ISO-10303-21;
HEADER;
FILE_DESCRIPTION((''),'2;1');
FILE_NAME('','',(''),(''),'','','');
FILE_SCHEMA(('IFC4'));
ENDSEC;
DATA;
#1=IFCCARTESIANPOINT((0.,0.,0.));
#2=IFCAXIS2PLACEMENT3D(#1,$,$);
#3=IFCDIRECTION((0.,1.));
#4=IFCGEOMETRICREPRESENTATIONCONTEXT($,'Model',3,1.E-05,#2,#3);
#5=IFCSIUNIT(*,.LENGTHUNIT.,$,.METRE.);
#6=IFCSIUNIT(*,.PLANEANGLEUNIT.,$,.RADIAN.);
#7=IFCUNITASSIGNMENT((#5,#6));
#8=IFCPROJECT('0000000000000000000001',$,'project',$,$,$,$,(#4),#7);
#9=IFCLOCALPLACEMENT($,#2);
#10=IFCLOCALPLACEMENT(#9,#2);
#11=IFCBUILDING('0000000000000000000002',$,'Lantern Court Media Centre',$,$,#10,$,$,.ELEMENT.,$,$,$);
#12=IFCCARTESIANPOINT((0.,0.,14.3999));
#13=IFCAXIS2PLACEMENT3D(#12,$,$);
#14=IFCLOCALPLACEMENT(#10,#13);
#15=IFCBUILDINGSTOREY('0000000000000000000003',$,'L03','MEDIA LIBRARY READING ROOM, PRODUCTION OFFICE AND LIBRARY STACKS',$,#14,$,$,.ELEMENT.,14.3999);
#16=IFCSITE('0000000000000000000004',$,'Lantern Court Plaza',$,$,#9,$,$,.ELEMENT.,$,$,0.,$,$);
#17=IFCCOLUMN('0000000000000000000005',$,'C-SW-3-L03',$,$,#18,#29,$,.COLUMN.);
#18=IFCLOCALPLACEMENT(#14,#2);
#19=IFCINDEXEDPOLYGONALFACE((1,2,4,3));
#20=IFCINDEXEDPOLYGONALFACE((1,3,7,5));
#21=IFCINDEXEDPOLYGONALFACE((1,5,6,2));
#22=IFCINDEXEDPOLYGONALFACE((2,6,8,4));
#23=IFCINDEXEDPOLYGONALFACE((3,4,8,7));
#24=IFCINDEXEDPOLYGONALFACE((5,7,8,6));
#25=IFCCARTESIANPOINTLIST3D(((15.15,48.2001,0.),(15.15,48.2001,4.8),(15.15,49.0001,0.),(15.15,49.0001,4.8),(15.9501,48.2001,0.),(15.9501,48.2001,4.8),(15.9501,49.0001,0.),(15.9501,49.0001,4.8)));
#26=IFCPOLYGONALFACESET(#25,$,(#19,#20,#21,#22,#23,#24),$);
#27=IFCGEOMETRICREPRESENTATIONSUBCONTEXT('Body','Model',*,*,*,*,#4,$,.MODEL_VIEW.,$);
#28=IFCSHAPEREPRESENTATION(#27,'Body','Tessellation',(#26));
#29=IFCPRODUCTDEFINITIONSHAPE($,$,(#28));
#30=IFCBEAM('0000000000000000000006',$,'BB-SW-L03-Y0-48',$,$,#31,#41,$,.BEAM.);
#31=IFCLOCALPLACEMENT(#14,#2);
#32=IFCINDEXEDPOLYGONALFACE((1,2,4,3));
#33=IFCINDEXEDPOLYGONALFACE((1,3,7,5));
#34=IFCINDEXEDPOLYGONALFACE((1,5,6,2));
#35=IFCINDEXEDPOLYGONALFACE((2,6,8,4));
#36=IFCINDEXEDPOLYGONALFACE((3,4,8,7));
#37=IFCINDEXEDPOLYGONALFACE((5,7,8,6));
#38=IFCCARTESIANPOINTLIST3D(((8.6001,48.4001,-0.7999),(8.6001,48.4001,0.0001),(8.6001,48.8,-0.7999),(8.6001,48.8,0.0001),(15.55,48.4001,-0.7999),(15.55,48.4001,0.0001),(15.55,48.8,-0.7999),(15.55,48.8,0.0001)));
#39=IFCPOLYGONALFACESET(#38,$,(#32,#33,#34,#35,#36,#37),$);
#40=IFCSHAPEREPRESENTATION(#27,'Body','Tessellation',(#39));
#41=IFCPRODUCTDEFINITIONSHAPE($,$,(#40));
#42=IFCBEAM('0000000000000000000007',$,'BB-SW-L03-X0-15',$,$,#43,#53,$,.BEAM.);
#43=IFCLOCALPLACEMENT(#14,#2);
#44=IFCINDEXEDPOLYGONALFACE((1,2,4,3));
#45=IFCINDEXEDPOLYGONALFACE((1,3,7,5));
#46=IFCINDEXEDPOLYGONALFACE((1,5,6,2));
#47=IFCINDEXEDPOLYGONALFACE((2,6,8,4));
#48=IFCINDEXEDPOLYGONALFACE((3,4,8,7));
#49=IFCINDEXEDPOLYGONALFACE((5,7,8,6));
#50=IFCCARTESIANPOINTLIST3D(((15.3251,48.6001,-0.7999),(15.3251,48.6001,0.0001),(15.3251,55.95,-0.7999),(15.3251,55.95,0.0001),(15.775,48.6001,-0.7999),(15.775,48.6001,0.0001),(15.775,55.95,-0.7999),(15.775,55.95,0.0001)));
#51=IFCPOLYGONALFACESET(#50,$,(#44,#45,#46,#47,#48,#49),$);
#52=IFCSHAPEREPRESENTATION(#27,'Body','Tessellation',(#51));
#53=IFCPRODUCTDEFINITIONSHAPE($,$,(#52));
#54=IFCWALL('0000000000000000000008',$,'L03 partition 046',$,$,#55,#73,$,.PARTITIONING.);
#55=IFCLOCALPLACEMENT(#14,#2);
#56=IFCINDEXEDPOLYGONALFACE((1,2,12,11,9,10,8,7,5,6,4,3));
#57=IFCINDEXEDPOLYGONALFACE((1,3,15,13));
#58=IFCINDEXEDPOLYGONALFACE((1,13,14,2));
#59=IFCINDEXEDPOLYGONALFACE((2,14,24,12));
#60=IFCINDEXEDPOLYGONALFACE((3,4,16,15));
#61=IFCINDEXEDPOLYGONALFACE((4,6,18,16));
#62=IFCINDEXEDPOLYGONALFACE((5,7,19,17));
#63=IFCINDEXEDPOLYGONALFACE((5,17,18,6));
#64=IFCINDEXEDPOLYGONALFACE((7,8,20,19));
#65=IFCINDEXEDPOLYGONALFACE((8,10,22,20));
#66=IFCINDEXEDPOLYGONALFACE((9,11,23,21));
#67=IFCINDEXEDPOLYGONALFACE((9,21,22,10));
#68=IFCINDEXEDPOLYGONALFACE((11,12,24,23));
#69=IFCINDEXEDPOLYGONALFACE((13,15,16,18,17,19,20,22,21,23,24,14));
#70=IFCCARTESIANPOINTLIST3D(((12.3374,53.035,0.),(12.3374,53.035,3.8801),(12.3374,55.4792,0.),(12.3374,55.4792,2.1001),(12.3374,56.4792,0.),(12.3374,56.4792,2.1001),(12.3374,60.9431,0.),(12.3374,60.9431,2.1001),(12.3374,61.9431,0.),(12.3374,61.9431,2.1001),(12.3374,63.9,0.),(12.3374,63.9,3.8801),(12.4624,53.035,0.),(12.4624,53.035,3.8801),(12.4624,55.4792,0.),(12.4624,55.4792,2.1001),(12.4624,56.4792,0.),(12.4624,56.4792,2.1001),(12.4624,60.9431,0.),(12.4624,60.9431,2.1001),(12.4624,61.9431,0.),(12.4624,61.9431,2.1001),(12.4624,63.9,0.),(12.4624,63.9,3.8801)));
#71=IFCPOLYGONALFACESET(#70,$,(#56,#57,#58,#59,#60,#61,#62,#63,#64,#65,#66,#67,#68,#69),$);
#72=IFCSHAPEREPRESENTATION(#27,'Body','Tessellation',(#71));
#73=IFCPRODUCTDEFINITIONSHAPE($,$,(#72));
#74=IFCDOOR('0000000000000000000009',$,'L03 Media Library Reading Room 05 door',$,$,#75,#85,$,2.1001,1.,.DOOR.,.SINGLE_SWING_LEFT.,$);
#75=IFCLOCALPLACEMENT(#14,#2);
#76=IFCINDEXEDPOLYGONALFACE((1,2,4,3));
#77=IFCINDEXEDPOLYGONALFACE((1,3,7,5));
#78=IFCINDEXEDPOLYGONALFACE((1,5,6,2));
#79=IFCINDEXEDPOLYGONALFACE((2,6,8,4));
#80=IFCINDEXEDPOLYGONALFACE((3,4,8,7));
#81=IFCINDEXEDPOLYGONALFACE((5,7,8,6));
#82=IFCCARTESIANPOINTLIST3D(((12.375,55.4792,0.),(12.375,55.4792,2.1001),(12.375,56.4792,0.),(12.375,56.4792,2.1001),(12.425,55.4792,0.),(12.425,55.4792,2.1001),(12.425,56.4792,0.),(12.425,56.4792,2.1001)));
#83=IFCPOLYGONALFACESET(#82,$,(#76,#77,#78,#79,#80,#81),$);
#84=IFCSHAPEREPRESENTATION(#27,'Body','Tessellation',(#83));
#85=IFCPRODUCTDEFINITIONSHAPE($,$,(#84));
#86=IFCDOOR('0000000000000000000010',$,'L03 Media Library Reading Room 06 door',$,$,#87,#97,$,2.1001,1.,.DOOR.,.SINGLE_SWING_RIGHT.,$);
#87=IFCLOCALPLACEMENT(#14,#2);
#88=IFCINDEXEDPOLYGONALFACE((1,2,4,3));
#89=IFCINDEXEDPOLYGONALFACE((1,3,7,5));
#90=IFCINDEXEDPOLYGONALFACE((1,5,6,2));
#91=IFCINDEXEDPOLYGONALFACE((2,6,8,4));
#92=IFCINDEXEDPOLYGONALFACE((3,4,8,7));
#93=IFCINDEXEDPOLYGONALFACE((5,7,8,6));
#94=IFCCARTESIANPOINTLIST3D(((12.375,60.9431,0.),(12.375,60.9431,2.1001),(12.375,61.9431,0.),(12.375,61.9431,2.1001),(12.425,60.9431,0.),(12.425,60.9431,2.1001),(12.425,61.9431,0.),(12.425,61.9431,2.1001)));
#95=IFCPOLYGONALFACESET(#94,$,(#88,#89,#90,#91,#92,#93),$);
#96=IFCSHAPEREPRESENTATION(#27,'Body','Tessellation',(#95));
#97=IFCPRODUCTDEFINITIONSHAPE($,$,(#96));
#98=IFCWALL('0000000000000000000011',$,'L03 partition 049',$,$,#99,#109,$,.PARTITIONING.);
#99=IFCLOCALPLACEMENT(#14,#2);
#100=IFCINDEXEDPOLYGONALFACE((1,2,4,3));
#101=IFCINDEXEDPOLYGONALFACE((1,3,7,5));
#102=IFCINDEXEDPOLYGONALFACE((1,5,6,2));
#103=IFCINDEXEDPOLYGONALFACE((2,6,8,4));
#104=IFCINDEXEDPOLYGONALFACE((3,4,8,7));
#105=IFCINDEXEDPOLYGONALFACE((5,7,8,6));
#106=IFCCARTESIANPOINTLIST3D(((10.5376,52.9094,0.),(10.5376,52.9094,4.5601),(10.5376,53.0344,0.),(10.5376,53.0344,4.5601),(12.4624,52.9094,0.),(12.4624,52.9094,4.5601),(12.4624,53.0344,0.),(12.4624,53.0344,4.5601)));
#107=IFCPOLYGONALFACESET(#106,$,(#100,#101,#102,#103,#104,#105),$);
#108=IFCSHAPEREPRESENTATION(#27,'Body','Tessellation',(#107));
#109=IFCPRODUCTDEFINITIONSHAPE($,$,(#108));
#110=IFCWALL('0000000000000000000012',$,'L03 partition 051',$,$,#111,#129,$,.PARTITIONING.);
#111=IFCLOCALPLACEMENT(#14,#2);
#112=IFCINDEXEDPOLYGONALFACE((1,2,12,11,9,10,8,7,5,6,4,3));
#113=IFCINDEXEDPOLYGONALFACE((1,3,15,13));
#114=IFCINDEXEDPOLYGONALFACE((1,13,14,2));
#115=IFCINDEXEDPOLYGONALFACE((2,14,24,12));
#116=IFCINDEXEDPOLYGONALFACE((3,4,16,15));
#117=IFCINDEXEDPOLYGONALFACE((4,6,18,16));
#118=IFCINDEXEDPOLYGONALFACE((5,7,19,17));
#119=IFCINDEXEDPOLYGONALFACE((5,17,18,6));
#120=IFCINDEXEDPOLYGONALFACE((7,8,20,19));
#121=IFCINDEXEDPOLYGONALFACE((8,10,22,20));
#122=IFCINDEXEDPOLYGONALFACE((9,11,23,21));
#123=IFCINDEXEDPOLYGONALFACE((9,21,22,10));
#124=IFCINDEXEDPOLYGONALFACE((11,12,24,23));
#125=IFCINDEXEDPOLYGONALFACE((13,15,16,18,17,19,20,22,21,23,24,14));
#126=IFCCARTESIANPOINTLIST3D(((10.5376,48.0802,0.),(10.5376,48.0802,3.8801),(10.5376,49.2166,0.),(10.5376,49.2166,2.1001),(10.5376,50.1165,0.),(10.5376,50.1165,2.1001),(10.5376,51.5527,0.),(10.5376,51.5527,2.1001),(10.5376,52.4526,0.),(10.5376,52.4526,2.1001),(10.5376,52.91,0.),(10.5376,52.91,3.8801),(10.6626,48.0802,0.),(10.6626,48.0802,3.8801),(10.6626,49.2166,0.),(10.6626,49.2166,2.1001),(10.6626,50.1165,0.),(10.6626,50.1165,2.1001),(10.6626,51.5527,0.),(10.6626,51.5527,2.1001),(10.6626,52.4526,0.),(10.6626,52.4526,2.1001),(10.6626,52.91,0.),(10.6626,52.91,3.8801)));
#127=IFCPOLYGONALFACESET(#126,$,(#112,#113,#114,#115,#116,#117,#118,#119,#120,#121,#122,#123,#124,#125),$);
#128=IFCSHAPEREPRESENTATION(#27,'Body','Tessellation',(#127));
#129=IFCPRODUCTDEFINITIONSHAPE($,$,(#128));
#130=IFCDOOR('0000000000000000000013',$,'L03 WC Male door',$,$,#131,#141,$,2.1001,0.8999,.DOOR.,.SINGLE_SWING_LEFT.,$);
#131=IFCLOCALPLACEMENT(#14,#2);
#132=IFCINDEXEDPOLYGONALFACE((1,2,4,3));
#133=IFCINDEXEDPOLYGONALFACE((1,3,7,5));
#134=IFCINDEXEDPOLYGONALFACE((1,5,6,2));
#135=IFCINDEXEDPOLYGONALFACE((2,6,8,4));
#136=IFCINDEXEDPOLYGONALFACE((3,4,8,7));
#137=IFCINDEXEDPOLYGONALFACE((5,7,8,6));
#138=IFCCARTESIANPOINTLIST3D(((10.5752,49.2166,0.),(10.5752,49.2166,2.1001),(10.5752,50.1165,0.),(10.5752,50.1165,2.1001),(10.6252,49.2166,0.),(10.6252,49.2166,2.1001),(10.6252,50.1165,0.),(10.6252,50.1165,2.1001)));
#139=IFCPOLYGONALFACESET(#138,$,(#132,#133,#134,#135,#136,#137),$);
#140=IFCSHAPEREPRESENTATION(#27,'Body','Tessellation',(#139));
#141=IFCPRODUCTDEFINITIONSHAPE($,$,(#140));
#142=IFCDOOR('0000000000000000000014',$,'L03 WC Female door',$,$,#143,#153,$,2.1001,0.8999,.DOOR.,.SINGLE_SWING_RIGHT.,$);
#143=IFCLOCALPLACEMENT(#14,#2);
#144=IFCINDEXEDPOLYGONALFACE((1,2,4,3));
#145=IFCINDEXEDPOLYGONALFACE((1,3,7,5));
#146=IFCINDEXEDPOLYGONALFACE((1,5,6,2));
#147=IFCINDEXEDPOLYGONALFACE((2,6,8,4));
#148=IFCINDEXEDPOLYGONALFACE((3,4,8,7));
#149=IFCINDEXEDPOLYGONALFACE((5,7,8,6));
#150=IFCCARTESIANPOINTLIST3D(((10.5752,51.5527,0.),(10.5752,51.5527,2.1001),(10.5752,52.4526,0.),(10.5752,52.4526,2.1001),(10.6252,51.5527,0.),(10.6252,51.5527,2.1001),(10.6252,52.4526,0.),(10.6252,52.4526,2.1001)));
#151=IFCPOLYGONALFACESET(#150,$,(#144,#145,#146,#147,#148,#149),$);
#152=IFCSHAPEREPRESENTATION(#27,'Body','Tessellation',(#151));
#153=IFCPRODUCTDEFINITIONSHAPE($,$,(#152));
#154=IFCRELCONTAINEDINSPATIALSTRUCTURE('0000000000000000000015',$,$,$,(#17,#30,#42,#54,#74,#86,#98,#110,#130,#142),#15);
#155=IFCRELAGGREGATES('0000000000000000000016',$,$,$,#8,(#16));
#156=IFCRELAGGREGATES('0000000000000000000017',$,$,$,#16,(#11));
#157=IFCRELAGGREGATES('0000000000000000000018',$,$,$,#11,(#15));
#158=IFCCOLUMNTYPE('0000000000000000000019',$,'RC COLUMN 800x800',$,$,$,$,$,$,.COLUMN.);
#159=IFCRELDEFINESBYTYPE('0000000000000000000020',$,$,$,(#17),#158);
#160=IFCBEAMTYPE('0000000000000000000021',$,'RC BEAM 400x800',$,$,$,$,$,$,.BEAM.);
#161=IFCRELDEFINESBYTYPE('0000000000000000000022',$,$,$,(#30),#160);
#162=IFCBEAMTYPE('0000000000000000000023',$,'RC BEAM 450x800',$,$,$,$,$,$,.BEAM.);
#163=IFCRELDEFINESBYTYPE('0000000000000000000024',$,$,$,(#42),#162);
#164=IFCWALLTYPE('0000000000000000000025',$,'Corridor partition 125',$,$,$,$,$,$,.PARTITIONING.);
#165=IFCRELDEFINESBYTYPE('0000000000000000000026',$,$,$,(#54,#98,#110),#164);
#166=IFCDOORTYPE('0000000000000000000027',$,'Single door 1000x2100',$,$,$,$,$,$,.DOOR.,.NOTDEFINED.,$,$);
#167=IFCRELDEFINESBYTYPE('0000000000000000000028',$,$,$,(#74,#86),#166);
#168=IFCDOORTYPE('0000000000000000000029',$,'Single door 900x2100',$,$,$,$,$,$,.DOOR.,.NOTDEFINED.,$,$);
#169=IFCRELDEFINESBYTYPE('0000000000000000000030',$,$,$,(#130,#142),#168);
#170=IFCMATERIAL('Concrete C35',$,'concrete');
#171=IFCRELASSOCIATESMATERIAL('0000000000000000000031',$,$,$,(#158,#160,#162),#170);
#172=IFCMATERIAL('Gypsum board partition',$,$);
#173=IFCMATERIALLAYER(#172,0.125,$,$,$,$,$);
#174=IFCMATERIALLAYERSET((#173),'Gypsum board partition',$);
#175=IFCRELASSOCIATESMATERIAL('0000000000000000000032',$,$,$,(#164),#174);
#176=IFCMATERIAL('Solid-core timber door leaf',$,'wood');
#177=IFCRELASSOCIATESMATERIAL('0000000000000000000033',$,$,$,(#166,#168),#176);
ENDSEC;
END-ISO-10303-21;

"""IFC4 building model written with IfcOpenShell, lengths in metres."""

from ifc_helpers import new_model, si_unit, direction, frame, frame_2d, origin, origin_2d, place, context, subcontext, project, spatial, rectangle, extrude, material, layer, layer_set, material_profile, profile_set, type_object, element, fill, save


model = new_model("IFC4")

# Units and contexts
model_context = context("Model", 3, precision=1e-05, world=origin(), true_north=direction((0.0, 1.0)))
body_context = subcontext(model_context, "Body", "Model", "MODEL_VIEW")
ifc_project = project(units=[si_unit("LENGTHUNIT", "METRE"), si_unit("PLANEANGLEUNIT", "RADIAN")], contexts=[model_context])

# Site, building, storey
site_placement = place(None, origin())
site = spatial("IfcSite", under=ifc_project, at=site_placement, Name="Lantern Court Plaza", CompositionType="ELEMENT", RefElevation=0.0)
building_placement = place(site_placement, origin())
building = spatial("IfcBuilding", under=site, at=building_placement, Name="Lantern Court Media Centre", CompositionType="ELEMENT")
storey_placement = place(building_placement, frame((0.0, 0.0, 14.3999)))
storey = spatial("IfcBuildingStorey", under=building, at=storey_placement, Name="L03", Description="MEDIA LIBRARY READING ROOM, PRODUCTION OFFICE AND LIBRARY STACKS", CompositionType="ELEMENT", Elevation=14.3999)

# Column
ifc_material_1 = material(Name="Concrete C35", Category="concrete")
ifc_material_profile_1 = material_profile(ifc_material_1, rectangle(XDim=0.8, YDim=0.8, at=origin_2d()), Name="RC 800x800")
ifc_profile_set_1 = profile_set([ifc_material_profile_1], Name="Concrete C35")
column_type = type_object("IfcColumnType", Name="RC COLUMN 800x800", PredefinedType="COLUMN", material=ifc_profile_set_1)
column_placement = place(storey_placement, frame((15.55, 48.6001, 0.0), z_axis=(0.0, 0.0, 1.0), x_axis=(1.0, 0.0, 0.0)))
element("IfcColumn", 1, at=column_placement, inside=storey, type_object=column_type, Name="C-SW-3-L03", PredefinedType="COLUMN", context=body_context, shape_type="SweptSolid", body=[
    extrude(rectangle(XDim=0.8, YDim=0.8, at=origin_2d()), origin(), (0.0, 0.0, 1.0), 4.8),
])

# Beams
ifc_material_profile_2 = material_profile(ifc_material_1, rectangle(XDim=0.3999, YDim=0.8, at=origin_2d()), Name="RC 400x800")
ifc_profile_set_2 = profile_set([ifc_material_profile_2], Name="Concrete C35")
beam_type_1 = type_object("IfcBeamType", Name="RC BEAM 400x800", PredefinedType="BEAM", material=ifc_profile_set_2)
beam_1_placement = place(storey_placement, frame((8.6001, 48.6001, -0.3999), z_axis=(1.0, 0.0, 0.0), x_axis=(0.0, 1.0, 0.0)))
element("IfcBeam", 2, at=beam_1_placement, inside=storey, type_object=beam_type_1, Name="BB-SW-L03-Y0-48", PredefinedType="BEAM", context=body_context, shape_type="SweptSolid", body=[
    extrude(rectangle(XDim=0.3999, YDim=0.8, at=origin_2d()), origin(), (0.0, 0.0, 1.0), 6.95),
])
ifc_material_profile_3 = material_profile(ifc_material_1, rectangle(XDim=0.45, YDim=0.8, at=origin_2d()), Name="RC 450x800")
ifc_profile_set_3 = profile_set([ifc_material_profile_3], Name="Concrete C35")
beam_type_2 = type_object("IfcBeamType", Name="RC BEAM 450x800", PredefinedType="BEAM", material=ifc_profile_set_3)
beam_2_placement = place(storey_placement, frame((15.55, 48.6001, -0.3999), z_axis=(0.0, 1.0, 0.0), x_axis=(-1.0, 0.0, 0.0)))
element("IfcBeam", 3, at=beam_2_placement, inside=storey, type_object=beam_type_2, Name="BB-SW-L03-X0-15", PredefinedType="BEAM", context=body_context, shape_type="SweptSolid", body=[
    extrude(rectangle(XDim=0.45, YDim=0.8, at=origin_2d()), origin(), (0.0, 0.0, 1.0), 7.3499),
])

# Wall, openings, doors
ifc_material_2 = material(Name="Gypsum board partition")
ifc_layer_1 = layer(ifc_material_2, 0.125)
ifc_layer_set_1 = layer_set([ifc_layer_1], Name="Gypsum board partition")
wall_type_1 = type_object("IfcWallType", Name="Corridor partition 125", PredefinedType="PARTITIONING", material=ifc_layer_set_1)
wall_1_placement = place(storey_placement, frame((12.3999, 53.0349, 0.0), z_axis=(0.0, 0.0, 1.0), x_axis=(0.0, 1.0, 0.0)))
wall_1 = element("IfcWall", 4, at=wall_1_placement, inside=storey, type_object=wall_type_1, Name="L03 partition 046", PredefinedType="PARTITIONING", context=body_context, shape_type="SweptSolid", body=[
    extrude(rectangle(XDim=10.865, YDim=0.125, at=frame_2d((5.4326, 0.0))), origin(), (0.0, 0.0, 1.0), 3.8801),
])
opening_1_placement = place(wall_1_placement, frame((2.4443, 0.0, 0.0)))
opening_1 = element("IfcOpeningElement", 5, at=opening_1_placement, cuts=wall_1, PredefinedType="OPENING", context=body_context, shape_type="SweptSolid", body=[
    extrude(rectangle(XDim=1.0, YDim=2.1001, at=frame_2d((0.5, 1.05))), frame((0.0, 0.0725, 0.0), z_axis=(0.0, -1.0, 0.0), x_axis=(1.0, 0.0, 0.0)), (0.0, 0.0, 1.0), 0.145),
])
opening_2_placement = place(wall_1_placement, frame((7.9082, 0.0, 0.0)))
opening_2 = element("IfcOpeningElement", 6, at=opening_2_placement, cuts=wall_1, PredefinedType="OPENING", context=body_context, shape_type="SweptSolid", body=[
    extrude(rectangle(XDim=1.0, YDim=2.1001, at=frame_2d((0.5, 1.05))), frame((0.0, 0.0725, 0.0), z_axis=(0.0, -1.0, 0.0), x_axis=(1.0, 0.0, 0.0)), (0.0, 0.0, 1.0), 0.145),
])
ifc_material_3 = material(Name="Solid-core timber door leaf", Category="wood")
door_type_1 = type_object("IfcDoorType", Name="Single door 1000x2100", OperationType="NOTDEFINED", PredefinedType="DOOR", material=ifc_material_3)
door_1_placement = place(opening_1_placement, origin())
door_1 = element("IfcDoor", 7, at=door_1_placement, inside=storey, type_object=door_type_1, Name="L03 Media Library Reading Room 05 door", OperationType="SINGLE_SWING_LEFT", OverallHeight=2.1001, OverallWidth=1.0, PredefinedType="DOOR", context=body_context, shape_type="SweptSolid", body=[
    extrude(rectangle(XDim=1.0, YDim=2.1001, at=frame_2d((0.5, 1.05))), frame((0.0, 0.0249, 0.0), z_axis=(0.0, -1.0, 0.0), x_axis=(1.0, 0.0, 0.0)), (0.0, 0.0, 1.0), 0.05),
])
fill(opening_1, door_1)
door_2_placement = place(opening_2_placement, origin())
door_2 = element("IfcDoor", 8, at=door_2_placement, inside=storey, type_object=door_type_1, Name="L03 Media Library Reading Room 06 door", OperationType="SINGLE_SWING_RIGHT", OverallHeight=2.1001, OverallWidth=1.0, PredefinedType="DOOR", context=body_context, shape_type="SweptSolid", body=[
    extrude(rectangle(XDim=1.0, YDim=2.1001, at=frame_2d((0.5, 1.05))), frame((0.0, 0.0249, 0.0), z_axis=(0.0, -1.0, 0.0), x_axis=(1.0, 0.0, 0.0)), (0.0, 0.0, 1.0), 0.05),
])
fill(opening_2, door_2)

# Wall
wall_2_placement = place(storey_placement, frame((10.5376, 52.9719, 0.0), z_axis=(0.0, 0.0, 1.0), x_axis=(1.0, 0.0, 0.0)))
element("IfcWall", 9, at=wall_2_placement, inside=storey, type_object=wall_type_1, Name="L03 partition 049", PredefinedType="PARTITIONING", context=body_context, shape_type="SweptSolid", body=[
    extrude(rectangle(XDim=1.9248, YDim=0.125, at=frame_2d((0.9624, 0.0))), origin(), (0.0, 0.0, 1.0), 4.5601),
])

# Wall, openings, doors
wall_3_placement = place(storey_placement, frame((10.6001, 48.0801, 0.0), z_axis=(0.0, 0.0, 1.0), x_axis=(0.0, 1.0, 0.0)))
wall_3 = element("IfcWall", 10, at=wall_3_placement, inside=storey, type_object=wall_type_1, Name="L03 partition 051", PredefinedType="PARTITIONING", context=body_context, shape_type="SweptSolid", body=[
    extrude(rectangle(XDim=4.8298, YDim=0.125, at=frame_2d((2.415, 0.0))), origin(), (0.0, 0.0, 1.0), 3.8801),
])
opening_3_placement = place(wall_3_placement, frame((1.1365, 0.0, 0.0)))
opening_3 = element("IfcOpeningElement", 11, at=opening_3_placement, cuts=wall_3, PredefinedType="OPENING", context=body_context, shape_type="SweptSolid", body=[
    extrude(rectangle(XDim=0.8999, YDim=2.1001, at=frame_2d((0.45, 1.05))), frame((0.0, 0.0725, 0.0), z_axis=(0.0, -1.0, 0.0), x_axis=(1.0, 0.0, 0.0)), (0.0, 0.0, 1.0), 0.145),
])
opening_4_placement = place(wall_3_placement, frame((3.4727, 0.0, 0.0)))
opening_4 = element("IfcOpeningElement", 12, at=opening_4_placement, cuts=wall_3, PredefinedType="OPENING", context=body_context, shape_type="SweptSolid", body=[
    extrude(rectangle(XDim=0.8999, YDim=2.1001, at=frame_2d((0.45, 1.05))), frame((0.0, 0.0725, 0.0), z_axis=(0.0, -1.0, 0.0), x_axis=(1.0, 0.0, 0.0)), (0.0, 0.0, 1.0), 0.145),
])
door_type_2 = type_object("IfcDoorType", Name="Single door 900x2100", OperationType="NOTDEFINED", PredefinedType="DOOR", material=ifc_material_3)
door_3_placement = place(opening_3_placement, origin())
door_3 = element("IfcDoor", 13, at=door_3_placement, inside=storey, type_object=door_type_2, Name="L03 WC Male door", OperationType="SINGLE_SWING_LEFT", OverallHeight=2.1001, OverallWidth=0.8999, PredefinedType="DOOR", context=body_context, shape_type="SweptSolid", body=[
    extrude(rectangle(XDim=0.8999, YDim=2.1001, at=frame_2d((0.45, 1.05))), frame((0.0, 0.0249, 0.0), z_axis=(0.0, -1.0, 0.0), x_axis=(1.0, 0.0, 0.0)), (0.0, 0.0, 1.0), 0.05),
])
fill(opening_3, door_3)
door_4_placement = place(opening_4_placement, origin())
door_4 = element("IfcDoor", 14, at=door_4_placement, inside=storey, type_object=door_type_2, Name="L03 WC Female door", OperationType="SINGLE_SWING_RIGHT", OverallHeight=2.1001, OverallWidth=0.8999, PredefinedType="DOOR", context=body_context, shape_type="SweptSolid", body=[
    extrude(rectangle(XDim=0.8999, YDim=2.1001, at=frame_2d((0.45, 1.05))), frame((0.0, 0.0249, 0.0), z_axis=(0.0, -1.0, 0.0), x_axis=(1.0, 0.0, 0.0)), (0.0, 0.0, 1.0), 0.05),
])
fill(opening_4, door_4)

save(model, "model.ifc")
